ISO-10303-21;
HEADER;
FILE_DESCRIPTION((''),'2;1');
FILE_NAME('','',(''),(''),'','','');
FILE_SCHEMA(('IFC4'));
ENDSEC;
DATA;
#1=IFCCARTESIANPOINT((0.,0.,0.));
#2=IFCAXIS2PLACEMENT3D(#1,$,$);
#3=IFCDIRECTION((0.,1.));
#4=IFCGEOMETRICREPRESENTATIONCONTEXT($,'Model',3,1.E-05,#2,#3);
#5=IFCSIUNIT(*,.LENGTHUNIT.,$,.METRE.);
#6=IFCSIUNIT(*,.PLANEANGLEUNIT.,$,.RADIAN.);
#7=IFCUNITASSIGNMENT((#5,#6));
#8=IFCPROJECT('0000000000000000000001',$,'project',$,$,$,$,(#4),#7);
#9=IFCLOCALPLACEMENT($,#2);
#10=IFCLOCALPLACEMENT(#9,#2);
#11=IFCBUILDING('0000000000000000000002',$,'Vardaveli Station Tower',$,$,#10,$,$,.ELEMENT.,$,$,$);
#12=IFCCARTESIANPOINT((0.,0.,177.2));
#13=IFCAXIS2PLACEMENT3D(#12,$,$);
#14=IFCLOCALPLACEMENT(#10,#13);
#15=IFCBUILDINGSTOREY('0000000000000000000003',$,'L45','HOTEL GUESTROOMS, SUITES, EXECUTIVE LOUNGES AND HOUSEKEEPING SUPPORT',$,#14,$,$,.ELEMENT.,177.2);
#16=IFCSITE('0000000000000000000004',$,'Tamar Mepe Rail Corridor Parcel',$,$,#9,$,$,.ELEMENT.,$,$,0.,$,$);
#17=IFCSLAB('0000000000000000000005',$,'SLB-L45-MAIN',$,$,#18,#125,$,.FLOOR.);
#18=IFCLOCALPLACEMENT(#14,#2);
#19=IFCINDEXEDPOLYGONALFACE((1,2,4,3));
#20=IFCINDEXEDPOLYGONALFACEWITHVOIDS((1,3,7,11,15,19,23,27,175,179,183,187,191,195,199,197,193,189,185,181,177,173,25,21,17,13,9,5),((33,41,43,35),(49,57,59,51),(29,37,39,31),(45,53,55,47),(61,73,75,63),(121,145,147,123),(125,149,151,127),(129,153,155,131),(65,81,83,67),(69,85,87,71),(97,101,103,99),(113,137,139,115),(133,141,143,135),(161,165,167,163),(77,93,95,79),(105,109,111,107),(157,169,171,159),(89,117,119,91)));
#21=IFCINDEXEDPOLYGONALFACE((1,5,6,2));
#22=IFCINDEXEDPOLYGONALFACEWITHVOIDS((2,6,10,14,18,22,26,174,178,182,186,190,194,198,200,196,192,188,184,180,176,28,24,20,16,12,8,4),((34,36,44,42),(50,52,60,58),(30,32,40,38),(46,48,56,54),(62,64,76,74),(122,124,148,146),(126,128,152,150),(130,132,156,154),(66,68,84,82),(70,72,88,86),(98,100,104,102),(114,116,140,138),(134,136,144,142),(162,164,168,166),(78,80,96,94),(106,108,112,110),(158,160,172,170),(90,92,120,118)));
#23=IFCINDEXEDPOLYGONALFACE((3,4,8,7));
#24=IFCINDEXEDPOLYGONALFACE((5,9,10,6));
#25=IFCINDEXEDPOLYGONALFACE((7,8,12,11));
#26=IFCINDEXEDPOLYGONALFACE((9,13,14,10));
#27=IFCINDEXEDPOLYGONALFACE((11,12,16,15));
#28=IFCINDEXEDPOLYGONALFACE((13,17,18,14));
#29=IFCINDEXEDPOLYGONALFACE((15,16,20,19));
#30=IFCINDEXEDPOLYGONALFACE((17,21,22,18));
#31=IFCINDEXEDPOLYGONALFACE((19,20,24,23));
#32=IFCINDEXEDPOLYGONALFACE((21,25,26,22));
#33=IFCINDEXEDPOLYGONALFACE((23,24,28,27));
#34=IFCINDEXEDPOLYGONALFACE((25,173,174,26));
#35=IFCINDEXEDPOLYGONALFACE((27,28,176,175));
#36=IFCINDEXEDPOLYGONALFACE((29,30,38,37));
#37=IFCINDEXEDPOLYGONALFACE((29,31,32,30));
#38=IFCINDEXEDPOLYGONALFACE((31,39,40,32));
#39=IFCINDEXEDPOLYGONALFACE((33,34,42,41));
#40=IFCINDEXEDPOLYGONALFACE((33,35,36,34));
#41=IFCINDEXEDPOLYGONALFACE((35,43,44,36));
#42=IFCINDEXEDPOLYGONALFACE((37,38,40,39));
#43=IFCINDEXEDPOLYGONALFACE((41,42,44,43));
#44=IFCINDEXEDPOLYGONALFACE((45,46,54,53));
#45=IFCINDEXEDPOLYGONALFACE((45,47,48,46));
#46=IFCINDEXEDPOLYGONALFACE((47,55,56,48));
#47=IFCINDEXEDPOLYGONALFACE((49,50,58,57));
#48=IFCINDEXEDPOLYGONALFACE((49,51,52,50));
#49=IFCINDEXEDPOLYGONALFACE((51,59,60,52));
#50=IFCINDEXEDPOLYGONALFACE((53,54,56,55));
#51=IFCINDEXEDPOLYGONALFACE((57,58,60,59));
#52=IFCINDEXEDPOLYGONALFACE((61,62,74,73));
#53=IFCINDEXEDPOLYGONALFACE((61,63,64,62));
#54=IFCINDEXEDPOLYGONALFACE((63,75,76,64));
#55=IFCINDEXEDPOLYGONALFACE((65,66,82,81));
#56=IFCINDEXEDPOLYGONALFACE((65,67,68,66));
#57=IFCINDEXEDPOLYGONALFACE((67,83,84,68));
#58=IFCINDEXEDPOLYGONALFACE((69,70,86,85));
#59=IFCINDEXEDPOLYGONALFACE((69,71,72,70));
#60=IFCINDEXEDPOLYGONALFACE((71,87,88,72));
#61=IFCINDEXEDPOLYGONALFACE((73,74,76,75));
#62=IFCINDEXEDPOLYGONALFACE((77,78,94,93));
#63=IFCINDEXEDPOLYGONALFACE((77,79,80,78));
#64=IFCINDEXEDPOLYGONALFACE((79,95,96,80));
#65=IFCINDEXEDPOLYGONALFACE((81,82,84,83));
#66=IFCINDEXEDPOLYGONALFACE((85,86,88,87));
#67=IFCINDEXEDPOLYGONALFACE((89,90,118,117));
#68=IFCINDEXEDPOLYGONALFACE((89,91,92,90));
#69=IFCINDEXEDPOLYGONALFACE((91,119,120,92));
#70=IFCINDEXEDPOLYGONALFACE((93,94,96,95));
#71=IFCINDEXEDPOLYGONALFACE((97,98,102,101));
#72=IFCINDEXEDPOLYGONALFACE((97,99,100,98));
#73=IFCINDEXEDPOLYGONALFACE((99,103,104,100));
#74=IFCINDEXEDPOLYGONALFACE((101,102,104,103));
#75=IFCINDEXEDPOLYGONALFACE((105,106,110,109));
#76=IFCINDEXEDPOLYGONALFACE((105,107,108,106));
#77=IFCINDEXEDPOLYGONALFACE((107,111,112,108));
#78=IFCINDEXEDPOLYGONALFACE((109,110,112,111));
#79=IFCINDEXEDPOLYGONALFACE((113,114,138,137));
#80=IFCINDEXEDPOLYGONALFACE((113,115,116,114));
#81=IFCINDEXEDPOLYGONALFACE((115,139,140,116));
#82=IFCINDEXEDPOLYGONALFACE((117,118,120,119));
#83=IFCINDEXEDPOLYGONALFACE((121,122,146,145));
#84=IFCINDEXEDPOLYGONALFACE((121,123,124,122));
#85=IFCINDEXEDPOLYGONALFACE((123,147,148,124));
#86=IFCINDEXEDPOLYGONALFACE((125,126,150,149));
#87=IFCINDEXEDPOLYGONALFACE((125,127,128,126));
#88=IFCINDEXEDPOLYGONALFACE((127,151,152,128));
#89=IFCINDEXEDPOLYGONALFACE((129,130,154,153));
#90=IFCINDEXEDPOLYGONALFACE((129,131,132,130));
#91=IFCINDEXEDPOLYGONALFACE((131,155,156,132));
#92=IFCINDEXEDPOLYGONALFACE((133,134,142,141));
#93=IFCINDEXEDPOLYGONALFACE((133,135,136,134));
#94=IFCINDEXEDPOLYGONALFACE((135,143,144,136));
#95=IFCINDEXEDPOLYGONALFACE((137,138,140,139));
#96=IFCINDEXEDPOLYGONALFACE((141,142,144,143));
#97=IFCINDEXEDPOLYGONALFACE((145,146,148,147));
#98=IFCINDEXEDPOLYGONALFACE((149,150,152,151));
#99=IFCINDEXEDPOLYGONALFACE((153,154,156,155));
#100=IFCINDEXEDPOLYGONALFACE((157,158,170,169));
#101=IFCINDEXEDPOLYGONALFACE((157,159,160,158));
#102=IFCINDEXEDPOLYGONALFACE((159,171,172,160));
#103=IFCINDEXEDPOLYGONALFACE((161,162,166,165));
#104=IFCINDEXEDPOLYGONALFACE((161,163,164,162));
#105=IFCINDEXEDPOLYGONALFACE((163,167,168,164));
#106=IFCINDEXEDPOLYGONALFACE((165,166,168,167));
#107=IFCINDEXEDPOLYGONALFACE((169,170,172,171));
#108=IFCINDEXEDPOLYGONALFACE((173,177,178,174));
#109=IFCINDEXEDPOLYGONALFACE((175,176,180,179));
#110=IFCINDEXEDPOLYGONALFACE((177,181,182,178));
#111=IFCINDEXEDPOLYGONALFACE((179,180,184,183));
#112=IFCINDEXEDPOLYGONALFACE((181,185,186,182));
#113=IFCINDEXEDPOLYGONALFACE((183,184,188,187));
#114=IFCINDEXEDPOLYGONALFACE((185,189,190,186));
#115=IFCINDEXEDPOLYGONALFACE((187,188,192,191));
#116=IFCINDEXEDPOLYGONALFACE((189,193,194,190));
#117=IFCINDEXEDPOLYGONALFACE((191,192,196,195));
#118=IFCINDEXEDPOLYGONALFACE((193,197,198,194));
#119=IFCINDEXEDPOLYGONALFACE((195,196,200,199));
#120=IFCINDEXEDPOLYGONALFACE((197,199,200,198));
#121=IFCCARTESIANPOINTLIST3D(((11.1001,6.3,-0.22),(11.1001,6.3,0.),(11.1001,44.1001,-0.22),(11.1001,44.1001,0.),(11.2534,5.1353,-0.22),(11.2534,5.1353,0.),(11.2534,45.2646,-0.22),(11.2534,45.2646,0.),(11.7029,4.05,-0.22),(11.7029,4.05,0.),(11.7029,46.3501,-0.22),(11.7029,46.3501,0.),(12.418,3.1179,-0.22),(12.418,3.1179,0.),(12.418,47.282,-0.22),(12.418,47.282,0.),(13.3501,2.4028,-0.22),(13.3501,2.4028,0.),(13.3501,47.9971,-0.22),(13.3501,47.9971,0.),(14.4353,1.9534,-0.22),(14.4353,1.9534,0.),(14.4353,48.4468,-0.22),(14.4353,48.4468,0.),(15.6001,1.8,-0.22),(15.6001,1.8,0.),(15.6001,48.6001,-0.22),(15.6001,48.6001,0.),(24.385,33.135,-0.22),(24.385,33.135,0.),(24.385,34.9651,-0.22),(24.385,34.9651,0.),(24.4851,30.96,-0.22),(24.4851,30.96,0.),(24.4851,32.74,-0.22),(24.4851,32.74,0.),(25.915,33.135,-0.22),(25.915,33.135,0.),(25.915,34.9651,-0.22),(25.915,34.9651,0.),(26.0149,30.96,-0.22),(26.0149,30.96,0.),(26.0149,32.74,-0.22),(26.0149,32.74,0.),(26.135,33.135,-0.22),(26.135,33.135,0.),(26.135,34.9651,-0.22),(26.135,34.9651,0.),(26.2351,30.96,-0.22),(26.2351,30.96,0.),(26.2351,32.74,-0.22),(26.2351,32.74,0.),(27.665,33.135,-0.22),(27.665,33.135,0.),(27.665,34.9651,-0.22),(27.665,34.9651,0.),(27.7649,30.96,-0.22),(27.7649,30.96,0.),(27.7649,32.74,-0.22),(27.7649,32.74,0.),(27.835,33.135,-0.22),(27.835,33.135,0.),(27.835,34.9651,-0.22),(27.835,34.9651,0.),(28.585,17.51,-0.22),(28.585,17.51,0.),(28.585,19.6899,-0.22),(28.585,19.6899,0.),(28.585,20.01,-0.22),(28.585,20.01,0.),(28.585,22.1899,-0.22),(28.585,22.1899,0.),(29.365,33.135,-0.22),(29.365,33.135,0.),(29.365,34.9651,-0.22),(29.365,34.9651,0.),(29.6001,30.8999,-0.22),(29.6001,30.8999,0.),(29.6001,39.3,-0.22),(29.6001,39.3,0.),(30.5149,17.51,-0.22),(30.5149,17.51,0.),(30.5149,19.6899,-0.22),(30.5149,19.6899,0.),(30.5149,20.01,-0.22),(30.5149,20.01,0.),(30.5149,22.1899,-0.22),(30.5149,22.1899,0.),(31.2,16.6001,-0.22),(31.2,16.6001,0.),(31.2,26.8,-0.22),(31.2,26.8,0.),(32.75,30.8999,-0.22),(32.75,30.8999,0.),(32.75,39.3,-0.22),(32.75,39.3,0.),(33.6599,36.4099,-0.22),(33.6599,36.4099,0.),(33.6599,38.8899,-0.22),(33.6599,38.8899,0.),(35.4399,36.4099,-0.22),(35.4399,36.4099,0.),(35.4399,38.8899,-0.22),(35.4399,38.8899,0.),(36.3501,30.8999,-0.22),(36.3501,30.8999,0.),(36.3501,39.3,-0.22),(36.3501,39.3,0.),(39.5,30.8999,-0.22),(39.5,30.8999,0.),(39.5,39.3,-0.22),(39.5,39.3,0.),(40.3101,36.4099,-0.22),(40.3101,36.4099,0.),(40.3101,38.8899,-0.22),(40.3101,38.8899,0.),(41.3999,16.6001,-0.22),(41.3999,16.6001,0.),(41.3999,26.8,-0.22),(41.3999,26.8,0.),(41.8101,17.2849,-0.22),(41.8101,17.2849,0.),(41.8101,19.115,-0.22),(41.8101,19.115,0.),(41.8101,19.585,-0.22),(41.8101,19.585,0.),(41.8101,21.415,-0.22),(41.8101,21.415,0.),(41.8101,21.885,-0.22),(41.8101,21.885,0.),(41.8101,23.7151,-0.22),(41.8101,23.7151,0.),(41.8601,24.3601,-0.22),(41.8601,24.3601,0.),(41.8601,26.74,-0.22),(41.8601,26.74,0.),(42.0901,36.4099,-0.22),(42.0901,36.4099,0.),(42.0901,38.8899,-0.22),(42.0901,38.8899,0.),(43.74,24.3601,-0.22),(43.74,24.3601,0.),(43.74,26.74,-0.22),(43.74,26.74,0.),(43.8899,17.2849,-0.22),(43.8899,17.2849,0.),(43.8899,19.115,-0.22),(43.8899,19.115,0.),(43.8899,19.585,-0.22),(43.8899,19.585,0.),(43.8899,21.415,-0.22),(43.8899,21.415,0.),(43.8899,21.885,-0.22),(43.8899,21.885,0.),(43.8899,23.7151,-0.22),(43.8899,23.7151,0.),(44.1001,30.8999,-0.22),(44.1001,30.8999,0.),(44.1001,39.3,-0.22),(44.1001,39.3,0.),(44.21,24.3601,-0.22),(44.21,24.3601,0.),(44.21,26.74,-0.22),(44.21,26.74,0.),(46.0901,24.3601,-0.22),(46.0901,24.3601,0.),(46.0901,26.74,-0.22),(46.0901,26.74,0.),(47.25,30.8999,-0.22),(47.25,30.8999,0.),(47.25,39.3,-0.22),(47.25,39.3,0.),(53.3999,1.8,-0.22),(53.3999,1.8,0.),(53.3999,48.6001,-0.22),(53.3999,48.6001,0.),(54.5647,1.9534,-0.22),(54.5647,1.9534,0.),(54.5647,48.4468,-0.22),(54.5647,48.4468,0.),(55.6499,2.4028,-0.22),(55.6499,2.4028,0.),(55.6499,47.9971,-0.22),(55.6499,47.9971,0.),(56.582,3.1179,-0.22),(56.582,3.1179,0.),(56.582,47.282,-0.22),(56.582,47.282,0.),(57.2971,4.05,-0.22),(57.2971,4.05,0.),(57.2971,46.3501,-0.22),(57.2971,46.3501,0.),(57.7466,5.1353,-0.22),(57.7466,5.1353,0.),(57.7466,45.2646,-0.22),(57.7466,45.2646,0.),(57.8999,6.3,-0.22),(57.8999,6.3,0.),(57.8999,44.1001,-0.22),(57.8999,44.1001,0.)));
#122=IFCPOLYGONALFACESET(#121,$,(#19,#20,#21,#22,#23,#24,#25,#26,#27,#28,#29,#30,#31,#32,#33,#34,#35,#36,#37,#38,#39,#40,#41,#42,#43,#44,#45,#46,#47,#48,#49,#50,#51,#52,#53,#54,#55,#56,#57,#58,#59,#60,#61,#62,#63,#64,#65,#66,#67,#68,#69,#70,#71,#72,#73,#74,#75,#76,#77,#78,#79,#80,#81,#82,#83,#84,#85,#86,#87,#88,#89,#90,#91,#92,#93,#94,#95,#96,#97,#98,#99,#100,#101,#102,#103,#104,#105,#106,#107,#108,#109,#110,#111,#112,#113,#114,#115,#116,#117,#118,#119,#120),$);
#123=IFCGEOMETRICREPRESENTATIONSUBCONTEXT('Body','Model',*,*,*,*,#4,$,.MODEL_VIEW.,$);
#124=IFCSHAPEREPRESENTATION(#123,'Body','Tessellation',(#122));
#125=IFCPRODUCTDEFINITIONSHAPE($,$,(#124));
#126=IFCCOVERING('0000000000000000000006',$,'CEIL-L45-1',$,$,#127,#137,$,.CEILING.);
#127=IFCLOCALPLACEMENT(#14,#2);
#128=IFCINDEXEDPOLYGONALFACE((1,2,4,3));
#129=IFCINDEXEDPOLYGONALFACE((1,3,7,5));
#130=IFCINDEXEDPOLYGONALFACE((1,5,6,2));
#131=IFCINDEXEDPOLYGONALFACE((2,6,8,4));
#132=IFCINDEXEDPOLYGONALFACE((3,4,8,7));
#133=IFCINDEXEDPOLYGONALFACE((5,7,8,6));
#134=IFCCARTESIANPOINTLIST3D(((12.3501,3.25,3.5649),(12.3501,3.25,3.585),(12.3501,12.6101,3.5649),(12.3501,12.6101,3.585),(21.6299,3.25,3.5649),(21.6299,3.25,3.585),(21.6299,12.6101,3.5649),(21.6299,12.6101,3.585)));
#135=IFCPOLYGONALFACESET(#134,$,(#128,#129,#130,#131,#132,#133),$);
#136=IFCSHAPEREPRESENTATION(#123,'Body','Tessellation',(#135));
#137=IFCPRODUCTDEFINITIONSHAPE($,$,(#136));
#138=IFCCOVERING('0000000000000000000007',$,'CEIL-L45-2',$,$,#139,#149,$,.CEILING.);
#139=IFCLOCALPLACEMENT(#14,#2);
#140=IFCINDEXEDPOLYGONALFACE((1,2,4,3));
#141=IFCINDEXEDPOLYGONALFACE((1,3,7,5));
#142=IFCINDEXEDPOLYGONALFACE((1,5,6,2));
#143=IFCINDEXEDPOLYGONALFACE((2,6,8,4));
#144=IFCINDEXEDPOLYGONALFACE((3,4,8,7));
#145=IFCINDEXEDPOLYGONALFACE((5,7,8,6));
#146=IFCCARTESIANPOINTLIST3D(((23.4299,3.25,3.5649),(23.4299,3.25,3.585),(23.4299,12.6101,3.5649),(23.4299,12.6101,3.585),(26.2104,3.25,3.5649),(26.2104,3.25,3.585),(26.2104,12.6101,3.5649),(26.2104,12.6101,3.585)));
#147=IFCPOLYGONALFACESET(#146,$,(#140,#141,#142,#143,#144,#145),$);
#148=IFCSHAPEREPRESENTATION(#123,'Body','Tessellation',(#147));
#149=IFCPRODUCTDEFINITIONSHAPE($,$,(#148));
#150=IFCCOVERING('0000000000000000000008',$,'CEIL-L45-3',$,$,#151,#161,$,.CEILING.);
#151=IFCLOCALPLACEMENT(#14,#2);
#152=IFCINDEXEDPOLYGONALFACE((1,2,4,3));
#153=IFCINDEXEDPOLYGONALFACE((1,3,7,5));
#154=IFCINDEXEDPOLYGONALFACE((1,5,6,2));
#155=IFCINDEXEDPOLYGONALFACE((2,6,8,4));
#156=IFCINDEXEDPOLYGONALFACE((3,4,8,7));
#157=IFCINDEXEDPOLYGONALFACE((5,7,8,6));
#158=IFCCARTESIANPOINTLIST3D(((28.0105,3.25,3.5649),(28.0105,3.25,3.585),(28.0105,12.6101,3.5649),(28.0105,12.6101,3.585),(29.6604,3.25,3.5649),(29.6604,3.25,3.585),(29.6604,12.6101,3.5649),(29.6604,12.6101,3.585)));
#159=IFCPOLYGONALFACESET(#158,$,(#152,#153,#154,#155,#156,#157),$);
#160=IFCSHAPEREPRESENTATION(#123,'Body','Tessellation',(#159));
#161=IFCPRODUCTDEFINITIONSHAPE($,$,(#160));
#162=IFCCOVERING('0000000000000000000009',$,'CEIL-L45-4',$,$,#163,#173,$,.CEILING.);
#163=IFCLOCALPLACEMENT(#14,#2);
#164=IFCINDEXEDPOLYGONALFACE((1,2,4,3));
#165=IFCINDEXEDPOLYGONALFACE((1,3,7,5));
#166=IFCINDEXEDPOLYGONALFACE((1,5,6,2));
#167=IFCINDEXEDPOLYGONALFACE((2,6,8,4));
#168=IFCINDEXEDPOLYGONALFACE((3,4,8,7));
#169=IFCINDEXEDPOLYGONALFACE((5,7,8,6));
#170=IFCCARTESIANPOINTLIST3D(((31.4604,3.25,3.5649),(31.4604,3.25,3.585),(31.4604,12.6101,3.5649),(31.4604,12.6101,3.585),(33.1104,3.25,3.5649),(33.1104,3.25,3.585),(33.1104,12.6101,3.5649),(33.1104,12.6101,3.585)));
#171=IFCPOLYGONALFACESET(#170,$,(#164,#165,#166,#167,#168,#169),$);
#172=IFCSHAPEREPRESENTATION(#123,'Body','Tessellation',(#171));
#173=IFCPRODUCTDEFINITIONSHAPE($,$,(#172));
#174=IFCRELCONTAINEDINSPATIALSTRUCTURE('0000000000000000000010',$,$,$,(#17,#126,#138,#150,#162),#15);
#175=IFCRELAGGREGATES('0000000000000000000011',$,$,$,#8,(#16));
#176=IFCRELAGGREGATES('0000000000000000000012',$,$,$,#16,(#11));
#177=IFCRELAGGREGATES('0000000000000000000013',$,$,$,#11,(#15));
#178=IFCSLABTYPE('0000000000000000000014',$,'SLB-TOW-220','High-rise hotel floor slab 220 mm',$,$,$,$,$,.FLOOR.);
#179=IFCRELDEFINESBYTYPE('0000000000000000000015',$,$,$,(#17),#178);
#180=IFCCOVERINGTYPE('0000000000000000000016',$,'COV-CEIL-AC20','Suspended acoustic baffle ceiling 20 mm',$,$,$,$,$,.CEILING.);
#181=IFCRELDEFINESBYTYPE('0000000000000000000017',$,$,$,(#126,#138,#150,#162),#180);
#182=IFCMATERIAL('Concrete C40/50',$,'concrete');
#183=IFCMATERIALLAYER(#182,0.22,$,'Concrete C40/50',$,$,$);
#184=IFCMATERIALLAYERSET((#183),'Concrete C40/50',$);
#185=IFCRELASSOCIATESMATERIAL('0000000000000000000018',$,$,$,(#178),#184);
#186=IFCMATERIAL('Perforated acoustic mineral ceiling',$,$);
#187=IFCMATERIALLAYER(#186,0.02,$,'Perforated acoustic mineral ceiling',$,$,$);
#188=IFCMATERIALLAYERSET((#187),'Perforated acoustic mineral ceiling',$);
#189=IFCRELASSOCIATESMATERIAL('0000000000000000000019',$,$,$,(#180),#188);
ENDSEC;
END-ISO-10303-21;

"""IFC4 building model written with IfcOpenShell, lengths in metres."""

from ifc_helpers import new_model, si_unit, direction, frame, origin, place, context, subcontext, project, spatial, polyline, outline, extrude, material, layer, layer_set, type_object, element, save


model = new_model("IFC4")

# Units and contexts
model_context = context("Model", 3, precision=1e-05, world=origin(), true_north=direction((0.0, 1.0)))
body_context = subcontext(model_context, "Body", "Model", "MODEL_VIEW")
ifc_project = project(units=[si_unit("LENGTHUNIT", "METRE"), si_unit("PLANEANGLEUNIT", "RADIAN")], contexts=[model_context])

# Site, building, storey
site_placement = place(None, origin())
site = spatial("IfcSite", under=ifc_project, at=site_placement, Name="Tamar Mepe Rail Corridor Parcel", CompositionType="ELEMENT", RefElevation=0.0)
building_placement = place(site_placement, origin())
building = spatial("IfcBuilding", under=site, at=building_placement, Name="Vardaveli Station Tower", CompositionType="ELEMENT")
storey_placement = place(building_placement, frame((0.0, 0.0, 177.2)))
storey = spatial("IfcBuildingStorey", under=building, at=storey_placement, Name="L45", Description="HOTEL GUESTROOMS, SUITES, EXECUTIVE LOUNGES AND HOUSEKEEPING SUPPORT", CompositionType="ELEMENT", Elevation=177.2)

# Shared definitions
ifc_material_1 = material(Name="Concrete C40/50", Category="concrete")

# Slab
ifc_layer_1 = layer(ifc_material_1, 0.22, Name="Concrete C40/50")
ifc_layer_set_1 = layer_set([ifc_layer_1], Name="Concrete C40/50")
slab_type_1 = type_object("IfcSlabType", Name="SLB-TOW-220", Description="High-rise hotel floor slab 220 mm", PredefinedType="FLOOR", material=ifc_layer_set_1)
slab_1_placement = place(storey_placement, frame((0.0, 0.0, -0.22)))
element("IfcSlab", 1, at=slab_1_placement, inside=storey, type_object=slab_type_1, Name="SLB-L45-MAIN", PredefinedType="FLOOR", context=body_context, shape_type="SweptSolid", body=[
    extrude(outline(polyline([(11.1001, 6.3), (11.2534, 5.1353), (11.7029, 4.05), (12.418, 3.1179), (13.3501, 2.4028), (14.4353, 1.9534), (15.6001, 1.8), (53.3999, 1.8), (54.5647, 1.9534), (55.6499, 2.4028), (56.582, 3.1179), (57.2971, 4.05), (57.7466, 5.1353), (57.8999, 6.3), (57.8999, 44.1001), (57.7466, 45.2646), (57.2971, 46.3501), (56.582, 47.282), (55.6499, 47.9971), (54.5647, 48.4468), (53.3999, 48.6001), (15.6001, 48.6001), (14.4353, 48.4468), (13.3501, 47.9971), (12.418, 47.282), (11.7029, 46.3501), (11.2534, 45.2646), (11.1001, 44.1001), (11.1001, 6.3)]), holes=[polyline([(31.2, 16.6001), (41.3999, 16.6001), (41.3999, 26.8), (31.2, 26.8), (31.2, 16.6001)]), polyline([(32.75, 30.8999), (32.75, 39.3), (29.6001, 39.3), (29.6001, 30.8999), (32.75, 30.8999)]), polyline([(39.5, 30.8999), (39.5, 39.3), (36.3501, 39.3), (36.3501, 30.8999), (39.5, 30.8999)]), polyline([(47.25, 30.8999), (47.25, 39.3), (44.1001, 39.3), (44.1001, 30.8999), (47.25, 30.8999)]), polyline([(24.385, 33.135), (25.915, 33.135), (25.915, 34.9651), (24.385, 34.9651), (24.385, 33.135)]), polyline([(26.135, 33.135), (27.665, 33.135), (27.665, 34.9651), (26.135, 34.9651), (26.135, 33.135)]), polyline([(27.835, 33.135), (29.365, 33.135), (29.365, 34.9651), (27.835, 34.9651), (27.835, 33.135)]), polyline([(33.6599, 36.4099), (35.4399, 36.4099), (35.4399, 38.8899), (33.6599, 38.8899), (33.6599, 36.4099)]), polyline([(40.3101, 36.4099), (42.0901, 36.4099), (42.0901, 38.8899), (40.3101, 38.8899), (40.3101, 36.4099)]), polyline([(24.4851, 30.96), (26.0149, 30.96), (26.0149, 32.74), (24.4851, 32.74), (24.4851, 30.96)]), polyline([(26.2351, 30.96), (27.7649, 30.96), (27.7649, 32.74), (26.2351, 32.74), (26.2351, 30.96)]), polyline([(41.8101, 21.885), (43.8899, 21.885), (43.8899, 23.7151), (41.8101, 23.7151), (41.8101, 21.885)]), polyline([(41.8101, 19.585), (43.8899, 19.585), (43.8899, 21.415), (41.8101, 21.415), (41.8101, 19.585)]), polyline([(41.8101, 17.2849), (43.8899, 17.2849), (43.8899, 19.115), (41.8101, 19.115), (41.8101, 17.2849)]), polyline([(28.585, 17.51), (30.5149, 17.51), (30.5149, 19.6899), (28.585, 19.6899), (28.585, 17.51)]), polyline([(28.585, 20.01), (30.5149, 20.01), (30.5149, 22.1899), (28.585, 22.1899), (28.585, 20.01)]), polyline([(41.8601, 24.3601), (43.74, 24.3601), (43.74, 26.74), (41.8601, 26.74), (41.8601, 24.3601)]), polyline([(44.21, 24.3601), (46.0901, 24.3601), (46.0901, 26.74), (44.21, 26.74), (44.21, 24.3601)])]), origin(), (0.0, 0.0, 1.0), 0.22),
])

# Coverings
ifc_material_2 = material(Name="Perforated acoustic mineral ceiling")
ifc_layer_2 = layer(ifc_material_2, 0.02, Name="Perforated acoustic mineral ceiling")
ifc_layer_set_2 = layer_set([ifc_layer_2], Name="Perforated acoustic mineral ceiling")
covering_type_1 = type_object("IfcCoveringType", Name="COV-CEIL-AC20", Description="Suspended acoustic baffle ceiling 20 mm", PredefinedType="CEILING", material=ifc_layer_set_2)
covering_1_placement = place(storey_placement, frame((0.0, 0.0, 3.5649)))
element("IfcCovering", 2, at=covering_1_placement, inside=storey, type_object=covering_type_1, Name="CEIL-L45-1", PredefinedType="CEILING", context=body_context, shape_type="SweptSolid", body=[
    extrude(outline(polyline([(12.3501, 3.25), (21.6299, 3.25), (21.6299, 12.6101), (12.3501, 12.6101), (12.3501, 3.25)])), origin(), (0.0, 0.0, 1.0), 0.02),
])
covering_2_placement = place(storey_placement, frame((0.0, 0.0, 3.5649)))
element("IfcCovering", 3, at=covering_2_placement, inside=storey, type_object=covering_type_1, Name="CEIL-L45-2", PredefinedType="CEILING", context=body_context, shape_type="SweptSolid", body=[
    extrude(outline(polyline([(23.4299, 3.25), (26.2104, 3.25), (26.2104, 12.6101), (23.4299, 12.6101), (23.4299, 3.25)])), origin(), (0.0, 0.0, 1.0), 0.02),
])
covering_3_placement = place(storey_placement, frame((0.0, 0.0, 3.5649)))
element("IfcCovering", 4, at=covering_3_placement, inside=storey, type_object=covering_type_1, Name="CEIL-L45-3", PredefinedType="CEILING", context=body_context, shape_type="SweptSolid", body=[
    extrude(outline(polyline([(28.0105, 3.25), (29.6604, 3.25), (29.6604, 12.6101), (28.0105, 12.6101), (28.0105, 3.25)])), origin(), (0.0, 0.0, 1.0), 0.02),
])
covering_4_placement = place(storey_placement, frame((0.0, 0.0, 3.5649)))
element("IfcCovering", 5, at=covering_4_placement, inside=storey, type_object=covering_type_1, Name="CEIL-L45-4", PredefinedType="CEILING", context=body_context, shape_type="SweptSolid", body=[
    extrude(outline(polyline([(31.4604, 3.25), (33.1104, 3.25), (33.1104, 12.6101), (31.4604, 12.6101), (31.4604, 3.25)])), origin(), (0.0, 0.0, 1.0), 0.02),
])

save(model, "model.ifc")
